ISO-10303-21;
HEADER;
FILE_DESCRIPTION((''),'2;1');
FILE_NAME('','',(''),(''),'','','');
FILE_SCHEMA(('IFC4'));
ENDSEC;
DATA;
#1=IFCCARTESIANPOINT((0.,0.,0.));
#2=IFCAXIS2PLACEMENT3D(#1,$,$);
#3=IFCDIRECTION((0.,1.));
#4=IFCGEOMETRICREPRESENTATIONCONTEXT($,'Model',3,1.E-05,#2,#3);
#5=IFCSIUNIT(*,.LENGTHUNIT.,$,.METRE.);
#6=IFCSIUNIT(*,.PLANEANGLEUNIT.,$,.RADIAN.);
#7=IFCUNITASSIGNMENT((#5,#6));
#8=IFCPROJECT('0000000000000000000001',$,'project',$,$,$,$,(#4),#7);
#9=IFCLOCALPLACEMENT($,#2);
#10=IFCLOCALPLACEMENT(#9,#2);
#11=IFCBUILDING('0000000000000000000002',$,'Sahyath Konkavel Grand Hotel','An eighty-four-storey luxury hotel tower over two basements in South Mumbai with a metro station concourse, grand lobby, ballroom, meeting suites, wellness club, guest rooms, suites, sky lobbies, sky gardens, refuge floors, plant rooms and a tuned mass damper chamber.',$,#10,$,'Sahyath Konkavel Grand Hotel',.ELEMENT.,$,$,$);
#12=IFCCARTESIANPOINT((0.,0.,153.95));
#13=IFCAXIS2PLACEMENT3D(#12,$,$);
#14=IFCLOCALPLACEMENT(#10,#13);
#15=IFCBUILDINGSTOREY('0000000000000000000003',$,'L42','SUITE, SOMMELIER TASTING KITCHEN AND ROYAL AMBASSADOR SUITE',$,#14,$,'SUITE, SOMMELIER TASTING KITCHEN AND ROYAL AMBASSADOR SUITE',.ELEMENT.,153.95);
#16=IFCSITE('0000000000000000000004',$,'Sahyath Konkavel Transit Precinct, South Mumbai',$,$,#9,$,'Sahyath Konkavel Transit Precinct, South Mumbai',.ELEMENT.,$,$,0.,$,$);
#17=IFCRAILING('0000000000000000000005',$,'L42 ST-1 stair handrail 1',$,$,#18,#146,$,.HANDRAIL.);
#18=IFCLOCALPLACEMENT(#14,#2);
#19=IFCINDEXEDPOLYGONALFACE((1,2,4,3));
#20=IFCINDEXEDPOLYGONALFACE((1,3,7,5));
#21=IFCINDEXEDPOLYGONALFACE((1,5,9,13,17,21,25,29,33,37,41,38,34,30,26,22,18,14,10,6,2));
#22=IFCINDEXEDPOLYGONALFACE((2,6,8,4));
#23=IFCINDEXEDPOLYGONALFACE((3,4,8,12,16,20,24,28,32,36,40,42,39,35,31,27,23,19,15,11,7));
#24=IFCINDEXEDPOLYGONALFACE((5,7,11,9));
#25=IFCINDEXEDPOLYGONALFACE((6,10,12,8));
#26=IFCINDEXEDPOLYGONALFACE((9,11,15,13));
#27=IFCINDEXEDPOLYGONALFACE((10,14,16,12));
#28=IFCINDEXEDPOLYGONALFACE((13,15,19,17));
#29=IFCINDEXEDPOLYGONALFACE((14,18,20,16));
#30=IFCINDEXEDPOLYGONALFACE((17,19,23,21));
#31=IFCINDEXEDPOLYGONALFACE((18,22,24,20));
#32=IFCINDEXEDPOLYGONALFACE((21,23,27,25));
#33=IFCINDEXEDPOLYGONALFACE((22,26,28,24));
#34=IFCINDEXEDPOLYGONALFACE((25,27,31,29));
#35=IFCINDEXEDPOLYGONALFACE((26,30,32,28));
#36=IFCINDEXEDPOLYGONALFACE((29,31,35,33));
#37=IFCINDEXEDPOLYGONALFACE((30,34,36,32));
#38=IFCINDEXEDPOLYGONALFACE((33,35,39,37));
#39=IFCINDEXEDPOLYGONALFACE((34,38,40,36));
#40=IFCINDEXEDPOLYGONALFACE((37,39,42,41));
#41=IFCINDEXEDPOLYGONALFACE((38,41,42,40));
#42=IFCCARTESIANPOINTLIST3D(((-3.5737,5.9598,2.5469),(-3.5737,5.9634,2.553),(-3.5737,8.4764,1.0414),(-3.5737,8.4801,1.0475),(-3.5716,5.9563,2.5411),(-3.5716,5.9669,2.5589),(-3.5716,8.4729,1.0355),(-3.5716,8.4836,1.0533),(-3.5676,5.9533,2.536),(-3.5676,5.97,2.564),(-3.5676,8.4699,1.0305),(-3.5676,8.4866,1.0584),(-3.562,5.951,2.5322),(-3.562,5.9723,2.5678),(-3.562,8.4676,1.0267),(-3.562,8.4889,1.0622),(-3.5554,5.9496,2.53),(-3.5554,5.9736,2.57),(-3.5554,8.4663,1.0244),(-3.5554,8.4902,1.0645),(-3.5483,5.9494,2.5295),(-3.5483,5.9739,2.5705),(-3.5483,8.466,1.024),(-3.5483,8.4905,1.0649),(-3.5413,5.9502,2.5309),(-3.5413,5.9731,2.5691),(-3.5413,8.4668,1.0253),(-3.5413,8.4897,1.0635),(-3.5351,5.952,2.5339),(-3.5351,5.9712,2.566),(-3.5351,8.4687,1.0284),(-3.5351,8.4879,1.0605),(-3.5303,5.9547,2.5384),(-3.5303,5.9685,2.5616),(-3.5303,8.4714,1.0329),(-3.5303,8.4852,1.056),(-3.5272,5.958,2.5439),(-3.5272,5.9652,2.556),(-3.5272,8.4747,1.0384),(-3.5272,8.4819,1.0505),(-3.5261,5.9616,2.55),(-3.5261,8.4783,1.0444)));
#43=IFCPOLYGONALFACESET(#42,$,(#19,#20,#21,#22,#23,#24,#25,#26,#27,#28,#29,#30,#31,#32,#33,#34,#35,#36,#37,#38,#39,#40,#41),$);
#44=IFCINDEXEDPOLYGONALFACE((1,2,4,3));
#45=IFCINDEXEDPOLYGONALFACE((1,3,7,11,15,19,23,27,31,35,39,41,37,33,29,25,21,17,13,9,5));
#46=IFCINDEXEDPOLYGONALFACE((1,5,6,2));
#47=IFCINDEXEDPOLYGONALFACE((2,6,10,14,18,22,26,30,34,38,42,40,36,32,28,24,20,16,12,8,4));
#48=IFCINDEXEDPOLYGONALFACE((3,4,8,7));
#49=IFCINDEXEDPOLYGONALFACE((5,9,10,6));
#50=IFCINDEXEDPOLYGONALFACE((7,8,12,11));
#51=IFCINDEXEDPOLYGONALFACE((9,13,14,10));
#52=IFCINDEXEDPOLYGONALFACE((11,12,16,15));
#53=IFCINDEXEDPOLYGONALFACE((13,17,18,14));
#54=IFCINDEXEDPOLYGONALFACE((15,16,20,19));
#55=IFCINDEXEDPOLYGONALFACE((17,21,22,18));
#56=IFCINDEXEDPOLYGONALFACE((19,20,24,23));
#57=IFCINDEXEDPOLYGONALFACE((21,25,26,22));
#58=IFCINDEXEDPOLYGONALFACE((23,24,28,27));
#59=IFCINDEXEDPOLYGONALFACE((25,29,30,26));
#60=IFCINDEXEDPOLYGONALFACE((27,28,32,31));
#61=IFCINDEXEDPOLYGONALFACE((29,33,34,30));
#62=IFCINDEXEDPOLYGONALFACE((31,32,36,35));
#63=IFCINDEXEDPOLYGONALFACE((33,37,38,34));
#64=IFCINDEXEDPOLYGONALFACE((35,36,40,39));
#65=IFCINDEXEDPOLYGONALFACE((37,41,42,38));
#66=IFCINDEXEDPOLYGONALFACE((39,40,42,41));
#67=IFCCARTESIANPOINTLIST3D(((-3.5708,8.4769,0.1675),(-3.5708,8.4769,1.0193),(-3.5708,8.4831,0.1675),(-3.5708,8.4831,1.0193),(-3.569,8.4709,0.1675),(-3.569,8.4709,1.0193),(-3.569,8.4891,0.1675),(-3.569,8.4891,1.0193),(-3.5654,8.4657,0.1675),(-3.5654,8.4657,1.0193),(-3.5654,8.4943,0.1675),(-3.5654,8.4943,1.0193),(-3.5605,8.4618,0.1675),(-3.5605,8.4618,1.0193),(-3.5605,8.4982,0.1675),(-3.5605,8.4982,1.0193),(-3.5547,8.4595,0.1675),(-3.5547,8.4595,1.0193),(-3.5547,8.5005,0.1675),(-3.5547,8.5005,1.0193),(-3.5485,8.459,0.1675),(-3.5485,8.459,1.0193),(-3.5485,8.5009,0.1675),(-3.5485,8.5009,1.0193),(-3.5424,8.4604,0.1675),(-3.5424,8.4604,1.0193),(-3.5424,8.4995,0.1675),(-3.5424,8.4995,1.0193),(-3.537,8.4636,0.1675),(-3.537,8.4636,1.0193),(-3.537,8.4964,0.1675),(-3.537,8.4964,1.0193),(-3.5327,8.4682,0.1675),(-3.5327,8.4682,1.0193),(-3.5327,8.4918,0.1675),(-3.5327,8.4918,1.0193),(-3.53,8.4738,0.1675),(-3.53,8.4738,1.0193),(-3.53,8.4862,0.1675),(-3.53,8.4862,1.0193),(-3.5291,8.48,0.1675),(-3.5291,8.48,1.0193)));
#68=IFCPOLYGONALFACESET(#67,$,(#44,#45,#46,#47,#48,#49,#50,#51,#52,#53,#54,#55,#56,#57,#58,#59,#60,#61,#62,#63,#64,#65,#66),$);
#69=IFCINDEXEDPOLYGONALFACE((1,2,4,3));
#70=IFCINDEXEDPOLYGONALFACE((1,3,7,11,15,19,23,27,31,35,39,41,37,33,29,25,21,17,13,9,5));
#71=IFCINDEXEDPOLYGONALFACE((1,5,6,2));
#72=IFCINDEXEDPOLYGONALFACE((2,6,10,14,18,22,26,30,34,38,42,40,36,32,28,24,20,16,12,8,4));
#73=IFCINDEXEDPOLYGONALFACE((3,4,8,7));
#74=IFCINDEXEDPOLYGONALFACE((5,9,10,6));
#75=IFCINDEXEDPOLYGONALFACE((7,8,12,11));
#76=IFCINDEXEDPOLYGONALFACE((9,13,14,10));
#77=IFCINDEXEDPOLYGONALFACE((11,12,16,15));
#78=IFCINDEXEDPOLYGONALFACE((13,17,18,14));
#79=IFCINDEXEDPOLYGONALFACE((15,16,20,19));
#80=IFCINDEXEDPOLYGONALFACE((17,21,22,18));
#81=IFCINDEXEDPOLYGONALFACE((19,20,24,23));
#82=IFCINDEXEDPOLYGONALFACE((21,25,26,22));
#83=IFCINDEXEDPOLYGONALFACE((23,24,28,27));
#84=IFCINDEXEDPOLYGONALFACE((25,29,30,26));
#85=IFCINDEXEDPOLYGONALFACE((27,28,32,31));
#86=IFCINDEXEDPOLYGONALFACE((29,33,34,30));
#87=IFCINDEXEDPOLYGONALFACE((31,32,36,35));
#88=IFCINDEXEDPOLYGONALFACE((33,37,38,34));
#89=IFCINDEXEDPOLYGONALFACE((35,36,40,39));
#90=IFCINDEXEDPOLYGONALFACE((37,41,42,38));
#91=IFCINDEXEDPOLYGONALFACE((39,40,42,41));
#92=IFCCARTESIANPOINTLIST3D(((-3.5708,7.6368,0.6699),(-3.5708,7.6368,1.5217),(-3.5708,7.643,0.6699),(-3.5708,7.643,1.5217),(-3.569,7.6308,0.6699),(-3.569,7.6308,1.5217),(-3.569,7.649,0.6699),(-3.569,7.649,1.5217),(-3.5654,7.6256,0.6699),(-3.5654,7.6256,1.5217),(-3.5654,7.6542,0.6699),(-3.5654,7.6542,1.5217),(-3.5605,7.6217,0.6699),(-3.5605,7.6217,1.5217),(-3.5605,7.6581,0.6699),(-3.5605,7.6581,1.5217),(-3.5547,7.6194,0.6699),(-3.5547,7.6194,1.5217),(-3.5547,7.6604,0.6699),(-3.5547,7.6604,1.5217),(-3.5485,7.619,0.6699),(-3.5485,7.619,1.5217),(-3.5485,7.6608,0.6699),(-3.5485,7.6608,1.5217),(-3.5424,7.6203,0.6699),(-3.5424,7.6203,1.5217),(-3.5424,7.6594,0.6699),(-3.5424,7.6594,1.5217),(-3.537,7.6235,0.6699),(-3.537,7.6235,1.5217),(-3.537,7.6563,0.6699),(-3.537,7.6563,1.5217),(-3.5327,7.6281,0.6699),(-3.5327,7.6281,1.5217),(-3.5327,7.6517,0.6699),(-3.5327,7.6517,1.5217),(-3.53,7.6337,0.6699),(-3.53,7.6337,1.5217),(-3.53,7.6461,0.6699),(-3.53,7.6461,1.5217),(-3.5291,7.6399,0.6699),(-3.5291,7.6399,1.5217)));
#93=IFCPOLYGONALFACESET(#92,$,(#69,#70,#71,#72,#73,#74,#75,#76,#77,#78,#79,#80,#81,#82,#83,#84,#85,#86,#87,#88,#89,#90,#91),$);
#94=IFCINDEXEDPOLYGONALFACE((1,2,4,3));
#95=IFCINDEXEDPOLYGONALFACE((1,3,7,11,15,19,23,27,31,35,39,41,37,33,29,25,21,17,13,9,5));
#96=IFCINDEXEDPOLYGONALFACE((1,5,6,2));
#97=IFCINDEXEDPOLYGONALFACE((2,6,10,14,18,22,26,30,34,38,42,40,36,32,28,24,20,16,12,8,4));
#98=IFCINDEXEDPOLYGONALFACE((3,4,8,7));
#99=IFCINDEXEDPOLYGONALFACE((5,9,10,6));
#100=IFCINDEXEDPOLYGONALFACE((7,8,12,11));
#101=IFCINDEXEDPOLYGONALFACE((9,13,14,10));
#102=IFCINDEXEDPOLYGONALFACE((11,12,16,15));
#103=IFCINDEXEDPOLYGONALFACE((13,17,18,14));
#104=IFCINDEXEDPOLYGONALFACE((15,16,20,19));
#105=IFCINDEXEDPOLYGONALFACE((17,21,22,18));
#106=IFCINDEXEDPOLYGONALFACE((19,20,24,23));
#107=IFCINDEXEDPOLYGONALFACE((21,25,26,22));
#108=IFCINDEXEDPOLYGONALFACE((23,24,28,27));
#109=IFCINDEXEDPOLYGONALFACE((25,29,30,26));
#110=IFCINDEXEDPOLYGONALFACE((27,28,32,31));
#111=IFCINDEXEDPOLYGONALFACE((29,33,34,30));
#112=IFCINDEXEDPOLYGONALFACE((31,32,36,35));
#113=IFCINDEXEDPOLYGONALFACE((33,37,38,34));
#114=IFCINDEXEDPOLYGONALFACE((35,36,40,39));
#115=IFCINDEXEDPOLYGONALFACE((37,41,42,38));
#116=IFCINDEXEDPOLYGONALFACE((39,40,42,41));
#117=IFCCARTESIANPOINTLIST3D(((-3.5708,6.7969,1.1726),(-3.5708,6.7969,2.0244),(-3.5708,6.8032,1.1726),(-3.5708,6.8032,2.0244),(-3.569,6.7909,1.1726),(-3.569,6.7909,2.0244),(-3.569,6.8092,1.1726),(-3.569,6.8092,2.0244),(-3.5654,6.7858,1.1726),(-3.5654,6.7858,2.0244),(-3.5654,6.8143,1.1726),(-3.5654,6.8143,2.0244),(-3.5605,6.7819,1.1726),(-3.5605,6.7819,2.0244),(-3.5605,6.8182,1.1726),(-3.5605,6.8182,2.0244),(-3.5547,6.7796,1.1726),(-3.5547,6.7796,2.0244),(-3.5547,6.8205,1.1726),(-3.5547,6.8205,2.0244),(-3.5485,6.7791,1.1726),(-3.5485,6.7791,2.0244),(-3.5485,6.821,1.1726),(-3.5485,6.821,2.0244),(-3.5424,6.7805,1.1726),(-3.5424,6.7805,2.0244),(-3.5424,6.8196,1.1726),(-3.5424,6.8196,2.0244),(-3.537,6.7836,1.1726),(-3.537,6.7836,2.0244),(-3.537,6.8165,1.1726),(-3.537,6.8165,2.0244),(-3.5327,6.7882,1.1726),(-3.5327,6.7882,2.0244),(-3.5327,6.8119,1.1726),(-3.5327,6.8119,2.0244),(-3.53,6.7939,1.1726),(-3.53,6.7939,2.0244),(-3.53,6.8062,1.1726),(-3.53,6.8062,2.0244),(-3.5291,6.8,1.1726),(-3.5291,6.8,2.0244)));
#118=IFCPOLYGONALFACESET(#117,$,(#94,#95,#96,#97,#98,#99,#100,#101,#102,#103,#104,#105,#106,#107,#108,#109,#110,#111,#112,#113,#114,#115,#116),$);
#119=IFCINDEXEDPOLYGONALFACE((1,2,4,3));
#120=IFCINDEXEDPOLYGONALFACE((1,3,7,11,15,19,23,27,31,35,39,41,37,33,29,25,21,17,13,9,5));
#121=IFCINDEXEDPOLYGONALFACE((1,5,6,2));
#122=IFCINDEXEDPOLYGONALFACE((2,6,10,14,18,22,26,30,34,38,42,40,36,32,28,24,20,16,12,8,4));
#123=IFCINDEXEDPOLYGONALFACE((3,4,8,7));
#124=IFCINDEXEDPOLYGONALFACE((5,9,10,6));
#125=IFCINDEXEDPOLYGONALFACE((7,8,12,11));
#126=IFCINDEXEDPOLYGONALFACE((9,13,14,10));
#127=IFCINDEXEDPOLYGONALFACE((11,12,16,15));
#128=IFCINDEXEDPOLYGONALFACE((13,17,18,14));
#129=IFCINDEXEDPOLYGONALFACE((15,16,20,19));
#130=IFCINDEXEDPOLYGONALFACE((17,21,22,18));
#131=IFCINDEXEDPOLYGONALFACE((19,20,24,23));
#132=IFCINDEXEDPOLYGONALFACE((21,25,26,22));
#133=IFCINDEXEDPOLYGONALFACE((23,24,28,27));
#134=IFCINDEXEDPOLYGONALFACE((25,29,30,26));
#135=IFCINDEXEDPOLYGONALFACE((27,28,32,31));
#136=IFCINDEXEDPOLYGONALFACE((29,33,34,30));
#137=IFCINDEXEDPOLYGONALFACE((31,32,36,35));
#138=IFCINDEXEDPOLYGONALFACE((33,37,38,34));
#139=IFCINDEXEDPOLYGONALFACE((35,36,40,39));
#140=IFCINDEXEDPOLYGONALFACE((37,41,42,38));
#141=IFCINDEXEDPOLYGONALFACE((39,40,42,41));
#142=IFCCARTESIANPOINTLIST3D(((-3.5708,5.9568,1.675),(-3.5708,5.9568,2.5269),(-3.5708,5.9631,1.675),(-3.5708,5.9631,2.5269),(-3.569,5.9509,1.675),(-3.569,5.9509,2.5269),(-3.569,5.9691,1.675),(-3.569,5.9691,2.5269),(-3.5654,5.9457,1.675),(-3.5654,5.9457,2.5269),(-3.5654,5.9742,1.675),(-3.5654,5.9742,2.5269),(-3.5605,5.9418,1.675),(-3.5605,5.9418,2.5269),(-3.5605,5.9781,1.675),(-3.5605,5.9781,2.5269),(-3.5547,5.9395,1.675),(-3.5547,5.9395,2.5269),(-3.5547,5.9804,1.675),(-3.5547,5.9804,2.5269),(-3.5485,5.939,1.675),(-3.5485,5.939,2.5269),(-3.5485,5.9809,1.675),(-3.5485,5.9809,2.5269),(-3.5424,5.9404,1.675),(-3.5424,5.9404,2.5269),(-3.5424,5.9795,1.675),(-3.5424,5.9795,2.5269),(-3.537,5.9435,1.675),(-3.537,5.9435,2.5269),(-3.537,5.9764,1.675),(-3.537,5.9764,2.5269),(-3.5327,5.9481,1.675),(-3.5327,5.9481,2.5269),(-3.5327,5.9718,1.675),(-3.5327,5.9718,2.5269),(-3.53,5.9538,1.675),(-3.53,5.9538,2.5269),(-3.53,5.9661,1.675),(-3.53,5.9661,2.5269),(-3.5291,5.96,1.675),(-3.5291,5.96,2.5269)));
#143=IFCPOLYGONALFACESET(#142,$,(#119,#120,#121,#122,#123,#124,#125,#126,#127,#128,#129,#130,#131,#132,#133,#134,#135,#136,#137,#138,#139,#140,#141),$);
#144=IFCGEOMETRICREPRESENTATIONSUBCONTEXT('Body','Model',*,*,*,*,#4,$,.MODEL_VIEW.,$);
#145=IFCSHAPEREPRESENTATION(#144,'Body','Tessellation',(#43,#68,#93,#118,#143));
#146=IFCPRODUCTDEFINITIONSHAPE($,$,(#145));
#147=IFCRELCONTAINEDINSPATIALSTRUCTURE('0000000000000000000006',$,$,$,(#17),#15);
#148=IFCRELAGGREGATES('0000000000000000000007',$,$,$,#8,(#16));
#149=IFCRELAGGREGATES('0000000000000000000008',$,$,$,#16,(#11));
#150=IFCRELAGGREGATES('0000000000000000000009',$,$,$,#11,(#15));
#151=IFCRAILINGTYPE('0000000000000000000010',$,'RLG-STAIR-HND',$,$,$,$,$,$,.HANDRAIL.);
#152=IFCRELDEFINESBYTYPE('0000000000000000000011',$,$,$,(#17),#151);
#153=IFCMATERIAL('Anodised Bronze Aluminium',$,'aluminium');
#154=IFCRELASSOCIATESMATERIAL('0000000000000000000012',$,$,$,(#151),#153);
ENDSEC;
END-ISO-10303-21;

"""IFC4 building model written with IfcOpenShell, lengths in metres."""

from ifc_helpers import new_model, si_unit, direction, frame, origin, origin_2d, place, context, subcontext, project, spatial, circle, extrude, material, type_object, element, save


model = new_model("IFC4")

# Units and contexts
model_context = context("Model", 3, precision=1e-05, world=origin(), true_north=direction((0.0, 1.0)))
body_context = subcontext(model_context, "Body", "Model", "MODEL_VIEW")
ifc_project = project(units=[si_unit("LENGTHUNIT", "METRE"), si_unit("PLANEANGLEUNIT", "RADIAN")], contexts=[model_context])

# Site, building, storey
site_placement = place(None, origin())
site = spatial("IfcSite", under=ifc_project, at=site_placement, Name="Sahyath Konkavel Transit Precinct, South Mumbai", LongName="Sahyath Konkavel Transit Precinct, South Mumbai", CompositionType="ELEMENT", RefElevation=0.0)
building_placement = place(site_placement, origin())
building = spatial("IfcBuilding", under=site, at=building_placement, Name="Sahyath Konkavel Grand Hotel", Description="An eighty-four-storey luxury hotel tower over two basements in South Mumbai with a metro station concourse, grand lobby, ballroom, meeting suites, wellness club, guest rooms, suites, sky lobbies, sky gardens, refuge floors, plant rooms and a tuned mass damper chamber.", LongName="Sahyath Konkavel Grand Hotel", CompositionType="ELEMENT")
storey_placement = place(building_placement, frame((0.0, 0.0, 153.95)))
storey = spatial("IfcBuildingStorey", under=building, at=storey_placement, Name="L42", Description="SUITE, SOMMELIER TASTING KITCHEN AND ROYAL AMBASSADOR SUITE", LongName="SUITE, SOMMELIER TASTING KITCHEN AND ROYAL AMBASSADOR SUITE", CompositionType="ELEMENT", Elevation=153.95)

# Shared definitions
ifc_material_1 = material(Name="Anodised Bronze Aluminium", Category="aluminium")

# Railing
railing_type_1 = type_object("IfcRailingType", Name="RLG-STAIR-HND", PredefinedType="HANDRAIL", material=ifc_material_1)
railing_1_placement = place(storey_placement, frame((-3.55, 8.48, 0.1675)))
element("IfcRailing", 1, at=railing_1_placement, inside=storey, type_object=railing_type_1, Name="L42 ST-1 stair handrail 1", PredefinedType="HANDRAIL", context=body_context, shape_type="SweptSolid", body=[
    extrude(circle(Radius=0.0239, at=origin_2d()), frame((0.0, -0.0017, 0.877), z_axis=(0.0, -0.85816, 0.513383), x_axis=(1.0, 0.0, 0.0)), (0.0, 0.0, 1.0), 2.9326),
    extrude(circle(Radius=0.021, at=origin_2d()), origin(), (0.0, 0.0, 1.0), 0.8518),
    extrude(circle(Radius=0.021, at=origin_2d()), frame((0.0, -0.8401, 0.5024)), (0.0, 0.0, 1.0), 0.8518),
    extrude(circle(Radius=0.021, at=origin_2d()), frame((0.0, -1.6799, 1.0051)), (0.0, 0.0, 1.0), 0.8518),
    extrude(circle(Radius=0.021, at=origin_2d()), frame((0.0, -2.52, 1.5076)), (0.0, 0.0, 1.0), 0.8518),
])

save(model, "model.ifc")
